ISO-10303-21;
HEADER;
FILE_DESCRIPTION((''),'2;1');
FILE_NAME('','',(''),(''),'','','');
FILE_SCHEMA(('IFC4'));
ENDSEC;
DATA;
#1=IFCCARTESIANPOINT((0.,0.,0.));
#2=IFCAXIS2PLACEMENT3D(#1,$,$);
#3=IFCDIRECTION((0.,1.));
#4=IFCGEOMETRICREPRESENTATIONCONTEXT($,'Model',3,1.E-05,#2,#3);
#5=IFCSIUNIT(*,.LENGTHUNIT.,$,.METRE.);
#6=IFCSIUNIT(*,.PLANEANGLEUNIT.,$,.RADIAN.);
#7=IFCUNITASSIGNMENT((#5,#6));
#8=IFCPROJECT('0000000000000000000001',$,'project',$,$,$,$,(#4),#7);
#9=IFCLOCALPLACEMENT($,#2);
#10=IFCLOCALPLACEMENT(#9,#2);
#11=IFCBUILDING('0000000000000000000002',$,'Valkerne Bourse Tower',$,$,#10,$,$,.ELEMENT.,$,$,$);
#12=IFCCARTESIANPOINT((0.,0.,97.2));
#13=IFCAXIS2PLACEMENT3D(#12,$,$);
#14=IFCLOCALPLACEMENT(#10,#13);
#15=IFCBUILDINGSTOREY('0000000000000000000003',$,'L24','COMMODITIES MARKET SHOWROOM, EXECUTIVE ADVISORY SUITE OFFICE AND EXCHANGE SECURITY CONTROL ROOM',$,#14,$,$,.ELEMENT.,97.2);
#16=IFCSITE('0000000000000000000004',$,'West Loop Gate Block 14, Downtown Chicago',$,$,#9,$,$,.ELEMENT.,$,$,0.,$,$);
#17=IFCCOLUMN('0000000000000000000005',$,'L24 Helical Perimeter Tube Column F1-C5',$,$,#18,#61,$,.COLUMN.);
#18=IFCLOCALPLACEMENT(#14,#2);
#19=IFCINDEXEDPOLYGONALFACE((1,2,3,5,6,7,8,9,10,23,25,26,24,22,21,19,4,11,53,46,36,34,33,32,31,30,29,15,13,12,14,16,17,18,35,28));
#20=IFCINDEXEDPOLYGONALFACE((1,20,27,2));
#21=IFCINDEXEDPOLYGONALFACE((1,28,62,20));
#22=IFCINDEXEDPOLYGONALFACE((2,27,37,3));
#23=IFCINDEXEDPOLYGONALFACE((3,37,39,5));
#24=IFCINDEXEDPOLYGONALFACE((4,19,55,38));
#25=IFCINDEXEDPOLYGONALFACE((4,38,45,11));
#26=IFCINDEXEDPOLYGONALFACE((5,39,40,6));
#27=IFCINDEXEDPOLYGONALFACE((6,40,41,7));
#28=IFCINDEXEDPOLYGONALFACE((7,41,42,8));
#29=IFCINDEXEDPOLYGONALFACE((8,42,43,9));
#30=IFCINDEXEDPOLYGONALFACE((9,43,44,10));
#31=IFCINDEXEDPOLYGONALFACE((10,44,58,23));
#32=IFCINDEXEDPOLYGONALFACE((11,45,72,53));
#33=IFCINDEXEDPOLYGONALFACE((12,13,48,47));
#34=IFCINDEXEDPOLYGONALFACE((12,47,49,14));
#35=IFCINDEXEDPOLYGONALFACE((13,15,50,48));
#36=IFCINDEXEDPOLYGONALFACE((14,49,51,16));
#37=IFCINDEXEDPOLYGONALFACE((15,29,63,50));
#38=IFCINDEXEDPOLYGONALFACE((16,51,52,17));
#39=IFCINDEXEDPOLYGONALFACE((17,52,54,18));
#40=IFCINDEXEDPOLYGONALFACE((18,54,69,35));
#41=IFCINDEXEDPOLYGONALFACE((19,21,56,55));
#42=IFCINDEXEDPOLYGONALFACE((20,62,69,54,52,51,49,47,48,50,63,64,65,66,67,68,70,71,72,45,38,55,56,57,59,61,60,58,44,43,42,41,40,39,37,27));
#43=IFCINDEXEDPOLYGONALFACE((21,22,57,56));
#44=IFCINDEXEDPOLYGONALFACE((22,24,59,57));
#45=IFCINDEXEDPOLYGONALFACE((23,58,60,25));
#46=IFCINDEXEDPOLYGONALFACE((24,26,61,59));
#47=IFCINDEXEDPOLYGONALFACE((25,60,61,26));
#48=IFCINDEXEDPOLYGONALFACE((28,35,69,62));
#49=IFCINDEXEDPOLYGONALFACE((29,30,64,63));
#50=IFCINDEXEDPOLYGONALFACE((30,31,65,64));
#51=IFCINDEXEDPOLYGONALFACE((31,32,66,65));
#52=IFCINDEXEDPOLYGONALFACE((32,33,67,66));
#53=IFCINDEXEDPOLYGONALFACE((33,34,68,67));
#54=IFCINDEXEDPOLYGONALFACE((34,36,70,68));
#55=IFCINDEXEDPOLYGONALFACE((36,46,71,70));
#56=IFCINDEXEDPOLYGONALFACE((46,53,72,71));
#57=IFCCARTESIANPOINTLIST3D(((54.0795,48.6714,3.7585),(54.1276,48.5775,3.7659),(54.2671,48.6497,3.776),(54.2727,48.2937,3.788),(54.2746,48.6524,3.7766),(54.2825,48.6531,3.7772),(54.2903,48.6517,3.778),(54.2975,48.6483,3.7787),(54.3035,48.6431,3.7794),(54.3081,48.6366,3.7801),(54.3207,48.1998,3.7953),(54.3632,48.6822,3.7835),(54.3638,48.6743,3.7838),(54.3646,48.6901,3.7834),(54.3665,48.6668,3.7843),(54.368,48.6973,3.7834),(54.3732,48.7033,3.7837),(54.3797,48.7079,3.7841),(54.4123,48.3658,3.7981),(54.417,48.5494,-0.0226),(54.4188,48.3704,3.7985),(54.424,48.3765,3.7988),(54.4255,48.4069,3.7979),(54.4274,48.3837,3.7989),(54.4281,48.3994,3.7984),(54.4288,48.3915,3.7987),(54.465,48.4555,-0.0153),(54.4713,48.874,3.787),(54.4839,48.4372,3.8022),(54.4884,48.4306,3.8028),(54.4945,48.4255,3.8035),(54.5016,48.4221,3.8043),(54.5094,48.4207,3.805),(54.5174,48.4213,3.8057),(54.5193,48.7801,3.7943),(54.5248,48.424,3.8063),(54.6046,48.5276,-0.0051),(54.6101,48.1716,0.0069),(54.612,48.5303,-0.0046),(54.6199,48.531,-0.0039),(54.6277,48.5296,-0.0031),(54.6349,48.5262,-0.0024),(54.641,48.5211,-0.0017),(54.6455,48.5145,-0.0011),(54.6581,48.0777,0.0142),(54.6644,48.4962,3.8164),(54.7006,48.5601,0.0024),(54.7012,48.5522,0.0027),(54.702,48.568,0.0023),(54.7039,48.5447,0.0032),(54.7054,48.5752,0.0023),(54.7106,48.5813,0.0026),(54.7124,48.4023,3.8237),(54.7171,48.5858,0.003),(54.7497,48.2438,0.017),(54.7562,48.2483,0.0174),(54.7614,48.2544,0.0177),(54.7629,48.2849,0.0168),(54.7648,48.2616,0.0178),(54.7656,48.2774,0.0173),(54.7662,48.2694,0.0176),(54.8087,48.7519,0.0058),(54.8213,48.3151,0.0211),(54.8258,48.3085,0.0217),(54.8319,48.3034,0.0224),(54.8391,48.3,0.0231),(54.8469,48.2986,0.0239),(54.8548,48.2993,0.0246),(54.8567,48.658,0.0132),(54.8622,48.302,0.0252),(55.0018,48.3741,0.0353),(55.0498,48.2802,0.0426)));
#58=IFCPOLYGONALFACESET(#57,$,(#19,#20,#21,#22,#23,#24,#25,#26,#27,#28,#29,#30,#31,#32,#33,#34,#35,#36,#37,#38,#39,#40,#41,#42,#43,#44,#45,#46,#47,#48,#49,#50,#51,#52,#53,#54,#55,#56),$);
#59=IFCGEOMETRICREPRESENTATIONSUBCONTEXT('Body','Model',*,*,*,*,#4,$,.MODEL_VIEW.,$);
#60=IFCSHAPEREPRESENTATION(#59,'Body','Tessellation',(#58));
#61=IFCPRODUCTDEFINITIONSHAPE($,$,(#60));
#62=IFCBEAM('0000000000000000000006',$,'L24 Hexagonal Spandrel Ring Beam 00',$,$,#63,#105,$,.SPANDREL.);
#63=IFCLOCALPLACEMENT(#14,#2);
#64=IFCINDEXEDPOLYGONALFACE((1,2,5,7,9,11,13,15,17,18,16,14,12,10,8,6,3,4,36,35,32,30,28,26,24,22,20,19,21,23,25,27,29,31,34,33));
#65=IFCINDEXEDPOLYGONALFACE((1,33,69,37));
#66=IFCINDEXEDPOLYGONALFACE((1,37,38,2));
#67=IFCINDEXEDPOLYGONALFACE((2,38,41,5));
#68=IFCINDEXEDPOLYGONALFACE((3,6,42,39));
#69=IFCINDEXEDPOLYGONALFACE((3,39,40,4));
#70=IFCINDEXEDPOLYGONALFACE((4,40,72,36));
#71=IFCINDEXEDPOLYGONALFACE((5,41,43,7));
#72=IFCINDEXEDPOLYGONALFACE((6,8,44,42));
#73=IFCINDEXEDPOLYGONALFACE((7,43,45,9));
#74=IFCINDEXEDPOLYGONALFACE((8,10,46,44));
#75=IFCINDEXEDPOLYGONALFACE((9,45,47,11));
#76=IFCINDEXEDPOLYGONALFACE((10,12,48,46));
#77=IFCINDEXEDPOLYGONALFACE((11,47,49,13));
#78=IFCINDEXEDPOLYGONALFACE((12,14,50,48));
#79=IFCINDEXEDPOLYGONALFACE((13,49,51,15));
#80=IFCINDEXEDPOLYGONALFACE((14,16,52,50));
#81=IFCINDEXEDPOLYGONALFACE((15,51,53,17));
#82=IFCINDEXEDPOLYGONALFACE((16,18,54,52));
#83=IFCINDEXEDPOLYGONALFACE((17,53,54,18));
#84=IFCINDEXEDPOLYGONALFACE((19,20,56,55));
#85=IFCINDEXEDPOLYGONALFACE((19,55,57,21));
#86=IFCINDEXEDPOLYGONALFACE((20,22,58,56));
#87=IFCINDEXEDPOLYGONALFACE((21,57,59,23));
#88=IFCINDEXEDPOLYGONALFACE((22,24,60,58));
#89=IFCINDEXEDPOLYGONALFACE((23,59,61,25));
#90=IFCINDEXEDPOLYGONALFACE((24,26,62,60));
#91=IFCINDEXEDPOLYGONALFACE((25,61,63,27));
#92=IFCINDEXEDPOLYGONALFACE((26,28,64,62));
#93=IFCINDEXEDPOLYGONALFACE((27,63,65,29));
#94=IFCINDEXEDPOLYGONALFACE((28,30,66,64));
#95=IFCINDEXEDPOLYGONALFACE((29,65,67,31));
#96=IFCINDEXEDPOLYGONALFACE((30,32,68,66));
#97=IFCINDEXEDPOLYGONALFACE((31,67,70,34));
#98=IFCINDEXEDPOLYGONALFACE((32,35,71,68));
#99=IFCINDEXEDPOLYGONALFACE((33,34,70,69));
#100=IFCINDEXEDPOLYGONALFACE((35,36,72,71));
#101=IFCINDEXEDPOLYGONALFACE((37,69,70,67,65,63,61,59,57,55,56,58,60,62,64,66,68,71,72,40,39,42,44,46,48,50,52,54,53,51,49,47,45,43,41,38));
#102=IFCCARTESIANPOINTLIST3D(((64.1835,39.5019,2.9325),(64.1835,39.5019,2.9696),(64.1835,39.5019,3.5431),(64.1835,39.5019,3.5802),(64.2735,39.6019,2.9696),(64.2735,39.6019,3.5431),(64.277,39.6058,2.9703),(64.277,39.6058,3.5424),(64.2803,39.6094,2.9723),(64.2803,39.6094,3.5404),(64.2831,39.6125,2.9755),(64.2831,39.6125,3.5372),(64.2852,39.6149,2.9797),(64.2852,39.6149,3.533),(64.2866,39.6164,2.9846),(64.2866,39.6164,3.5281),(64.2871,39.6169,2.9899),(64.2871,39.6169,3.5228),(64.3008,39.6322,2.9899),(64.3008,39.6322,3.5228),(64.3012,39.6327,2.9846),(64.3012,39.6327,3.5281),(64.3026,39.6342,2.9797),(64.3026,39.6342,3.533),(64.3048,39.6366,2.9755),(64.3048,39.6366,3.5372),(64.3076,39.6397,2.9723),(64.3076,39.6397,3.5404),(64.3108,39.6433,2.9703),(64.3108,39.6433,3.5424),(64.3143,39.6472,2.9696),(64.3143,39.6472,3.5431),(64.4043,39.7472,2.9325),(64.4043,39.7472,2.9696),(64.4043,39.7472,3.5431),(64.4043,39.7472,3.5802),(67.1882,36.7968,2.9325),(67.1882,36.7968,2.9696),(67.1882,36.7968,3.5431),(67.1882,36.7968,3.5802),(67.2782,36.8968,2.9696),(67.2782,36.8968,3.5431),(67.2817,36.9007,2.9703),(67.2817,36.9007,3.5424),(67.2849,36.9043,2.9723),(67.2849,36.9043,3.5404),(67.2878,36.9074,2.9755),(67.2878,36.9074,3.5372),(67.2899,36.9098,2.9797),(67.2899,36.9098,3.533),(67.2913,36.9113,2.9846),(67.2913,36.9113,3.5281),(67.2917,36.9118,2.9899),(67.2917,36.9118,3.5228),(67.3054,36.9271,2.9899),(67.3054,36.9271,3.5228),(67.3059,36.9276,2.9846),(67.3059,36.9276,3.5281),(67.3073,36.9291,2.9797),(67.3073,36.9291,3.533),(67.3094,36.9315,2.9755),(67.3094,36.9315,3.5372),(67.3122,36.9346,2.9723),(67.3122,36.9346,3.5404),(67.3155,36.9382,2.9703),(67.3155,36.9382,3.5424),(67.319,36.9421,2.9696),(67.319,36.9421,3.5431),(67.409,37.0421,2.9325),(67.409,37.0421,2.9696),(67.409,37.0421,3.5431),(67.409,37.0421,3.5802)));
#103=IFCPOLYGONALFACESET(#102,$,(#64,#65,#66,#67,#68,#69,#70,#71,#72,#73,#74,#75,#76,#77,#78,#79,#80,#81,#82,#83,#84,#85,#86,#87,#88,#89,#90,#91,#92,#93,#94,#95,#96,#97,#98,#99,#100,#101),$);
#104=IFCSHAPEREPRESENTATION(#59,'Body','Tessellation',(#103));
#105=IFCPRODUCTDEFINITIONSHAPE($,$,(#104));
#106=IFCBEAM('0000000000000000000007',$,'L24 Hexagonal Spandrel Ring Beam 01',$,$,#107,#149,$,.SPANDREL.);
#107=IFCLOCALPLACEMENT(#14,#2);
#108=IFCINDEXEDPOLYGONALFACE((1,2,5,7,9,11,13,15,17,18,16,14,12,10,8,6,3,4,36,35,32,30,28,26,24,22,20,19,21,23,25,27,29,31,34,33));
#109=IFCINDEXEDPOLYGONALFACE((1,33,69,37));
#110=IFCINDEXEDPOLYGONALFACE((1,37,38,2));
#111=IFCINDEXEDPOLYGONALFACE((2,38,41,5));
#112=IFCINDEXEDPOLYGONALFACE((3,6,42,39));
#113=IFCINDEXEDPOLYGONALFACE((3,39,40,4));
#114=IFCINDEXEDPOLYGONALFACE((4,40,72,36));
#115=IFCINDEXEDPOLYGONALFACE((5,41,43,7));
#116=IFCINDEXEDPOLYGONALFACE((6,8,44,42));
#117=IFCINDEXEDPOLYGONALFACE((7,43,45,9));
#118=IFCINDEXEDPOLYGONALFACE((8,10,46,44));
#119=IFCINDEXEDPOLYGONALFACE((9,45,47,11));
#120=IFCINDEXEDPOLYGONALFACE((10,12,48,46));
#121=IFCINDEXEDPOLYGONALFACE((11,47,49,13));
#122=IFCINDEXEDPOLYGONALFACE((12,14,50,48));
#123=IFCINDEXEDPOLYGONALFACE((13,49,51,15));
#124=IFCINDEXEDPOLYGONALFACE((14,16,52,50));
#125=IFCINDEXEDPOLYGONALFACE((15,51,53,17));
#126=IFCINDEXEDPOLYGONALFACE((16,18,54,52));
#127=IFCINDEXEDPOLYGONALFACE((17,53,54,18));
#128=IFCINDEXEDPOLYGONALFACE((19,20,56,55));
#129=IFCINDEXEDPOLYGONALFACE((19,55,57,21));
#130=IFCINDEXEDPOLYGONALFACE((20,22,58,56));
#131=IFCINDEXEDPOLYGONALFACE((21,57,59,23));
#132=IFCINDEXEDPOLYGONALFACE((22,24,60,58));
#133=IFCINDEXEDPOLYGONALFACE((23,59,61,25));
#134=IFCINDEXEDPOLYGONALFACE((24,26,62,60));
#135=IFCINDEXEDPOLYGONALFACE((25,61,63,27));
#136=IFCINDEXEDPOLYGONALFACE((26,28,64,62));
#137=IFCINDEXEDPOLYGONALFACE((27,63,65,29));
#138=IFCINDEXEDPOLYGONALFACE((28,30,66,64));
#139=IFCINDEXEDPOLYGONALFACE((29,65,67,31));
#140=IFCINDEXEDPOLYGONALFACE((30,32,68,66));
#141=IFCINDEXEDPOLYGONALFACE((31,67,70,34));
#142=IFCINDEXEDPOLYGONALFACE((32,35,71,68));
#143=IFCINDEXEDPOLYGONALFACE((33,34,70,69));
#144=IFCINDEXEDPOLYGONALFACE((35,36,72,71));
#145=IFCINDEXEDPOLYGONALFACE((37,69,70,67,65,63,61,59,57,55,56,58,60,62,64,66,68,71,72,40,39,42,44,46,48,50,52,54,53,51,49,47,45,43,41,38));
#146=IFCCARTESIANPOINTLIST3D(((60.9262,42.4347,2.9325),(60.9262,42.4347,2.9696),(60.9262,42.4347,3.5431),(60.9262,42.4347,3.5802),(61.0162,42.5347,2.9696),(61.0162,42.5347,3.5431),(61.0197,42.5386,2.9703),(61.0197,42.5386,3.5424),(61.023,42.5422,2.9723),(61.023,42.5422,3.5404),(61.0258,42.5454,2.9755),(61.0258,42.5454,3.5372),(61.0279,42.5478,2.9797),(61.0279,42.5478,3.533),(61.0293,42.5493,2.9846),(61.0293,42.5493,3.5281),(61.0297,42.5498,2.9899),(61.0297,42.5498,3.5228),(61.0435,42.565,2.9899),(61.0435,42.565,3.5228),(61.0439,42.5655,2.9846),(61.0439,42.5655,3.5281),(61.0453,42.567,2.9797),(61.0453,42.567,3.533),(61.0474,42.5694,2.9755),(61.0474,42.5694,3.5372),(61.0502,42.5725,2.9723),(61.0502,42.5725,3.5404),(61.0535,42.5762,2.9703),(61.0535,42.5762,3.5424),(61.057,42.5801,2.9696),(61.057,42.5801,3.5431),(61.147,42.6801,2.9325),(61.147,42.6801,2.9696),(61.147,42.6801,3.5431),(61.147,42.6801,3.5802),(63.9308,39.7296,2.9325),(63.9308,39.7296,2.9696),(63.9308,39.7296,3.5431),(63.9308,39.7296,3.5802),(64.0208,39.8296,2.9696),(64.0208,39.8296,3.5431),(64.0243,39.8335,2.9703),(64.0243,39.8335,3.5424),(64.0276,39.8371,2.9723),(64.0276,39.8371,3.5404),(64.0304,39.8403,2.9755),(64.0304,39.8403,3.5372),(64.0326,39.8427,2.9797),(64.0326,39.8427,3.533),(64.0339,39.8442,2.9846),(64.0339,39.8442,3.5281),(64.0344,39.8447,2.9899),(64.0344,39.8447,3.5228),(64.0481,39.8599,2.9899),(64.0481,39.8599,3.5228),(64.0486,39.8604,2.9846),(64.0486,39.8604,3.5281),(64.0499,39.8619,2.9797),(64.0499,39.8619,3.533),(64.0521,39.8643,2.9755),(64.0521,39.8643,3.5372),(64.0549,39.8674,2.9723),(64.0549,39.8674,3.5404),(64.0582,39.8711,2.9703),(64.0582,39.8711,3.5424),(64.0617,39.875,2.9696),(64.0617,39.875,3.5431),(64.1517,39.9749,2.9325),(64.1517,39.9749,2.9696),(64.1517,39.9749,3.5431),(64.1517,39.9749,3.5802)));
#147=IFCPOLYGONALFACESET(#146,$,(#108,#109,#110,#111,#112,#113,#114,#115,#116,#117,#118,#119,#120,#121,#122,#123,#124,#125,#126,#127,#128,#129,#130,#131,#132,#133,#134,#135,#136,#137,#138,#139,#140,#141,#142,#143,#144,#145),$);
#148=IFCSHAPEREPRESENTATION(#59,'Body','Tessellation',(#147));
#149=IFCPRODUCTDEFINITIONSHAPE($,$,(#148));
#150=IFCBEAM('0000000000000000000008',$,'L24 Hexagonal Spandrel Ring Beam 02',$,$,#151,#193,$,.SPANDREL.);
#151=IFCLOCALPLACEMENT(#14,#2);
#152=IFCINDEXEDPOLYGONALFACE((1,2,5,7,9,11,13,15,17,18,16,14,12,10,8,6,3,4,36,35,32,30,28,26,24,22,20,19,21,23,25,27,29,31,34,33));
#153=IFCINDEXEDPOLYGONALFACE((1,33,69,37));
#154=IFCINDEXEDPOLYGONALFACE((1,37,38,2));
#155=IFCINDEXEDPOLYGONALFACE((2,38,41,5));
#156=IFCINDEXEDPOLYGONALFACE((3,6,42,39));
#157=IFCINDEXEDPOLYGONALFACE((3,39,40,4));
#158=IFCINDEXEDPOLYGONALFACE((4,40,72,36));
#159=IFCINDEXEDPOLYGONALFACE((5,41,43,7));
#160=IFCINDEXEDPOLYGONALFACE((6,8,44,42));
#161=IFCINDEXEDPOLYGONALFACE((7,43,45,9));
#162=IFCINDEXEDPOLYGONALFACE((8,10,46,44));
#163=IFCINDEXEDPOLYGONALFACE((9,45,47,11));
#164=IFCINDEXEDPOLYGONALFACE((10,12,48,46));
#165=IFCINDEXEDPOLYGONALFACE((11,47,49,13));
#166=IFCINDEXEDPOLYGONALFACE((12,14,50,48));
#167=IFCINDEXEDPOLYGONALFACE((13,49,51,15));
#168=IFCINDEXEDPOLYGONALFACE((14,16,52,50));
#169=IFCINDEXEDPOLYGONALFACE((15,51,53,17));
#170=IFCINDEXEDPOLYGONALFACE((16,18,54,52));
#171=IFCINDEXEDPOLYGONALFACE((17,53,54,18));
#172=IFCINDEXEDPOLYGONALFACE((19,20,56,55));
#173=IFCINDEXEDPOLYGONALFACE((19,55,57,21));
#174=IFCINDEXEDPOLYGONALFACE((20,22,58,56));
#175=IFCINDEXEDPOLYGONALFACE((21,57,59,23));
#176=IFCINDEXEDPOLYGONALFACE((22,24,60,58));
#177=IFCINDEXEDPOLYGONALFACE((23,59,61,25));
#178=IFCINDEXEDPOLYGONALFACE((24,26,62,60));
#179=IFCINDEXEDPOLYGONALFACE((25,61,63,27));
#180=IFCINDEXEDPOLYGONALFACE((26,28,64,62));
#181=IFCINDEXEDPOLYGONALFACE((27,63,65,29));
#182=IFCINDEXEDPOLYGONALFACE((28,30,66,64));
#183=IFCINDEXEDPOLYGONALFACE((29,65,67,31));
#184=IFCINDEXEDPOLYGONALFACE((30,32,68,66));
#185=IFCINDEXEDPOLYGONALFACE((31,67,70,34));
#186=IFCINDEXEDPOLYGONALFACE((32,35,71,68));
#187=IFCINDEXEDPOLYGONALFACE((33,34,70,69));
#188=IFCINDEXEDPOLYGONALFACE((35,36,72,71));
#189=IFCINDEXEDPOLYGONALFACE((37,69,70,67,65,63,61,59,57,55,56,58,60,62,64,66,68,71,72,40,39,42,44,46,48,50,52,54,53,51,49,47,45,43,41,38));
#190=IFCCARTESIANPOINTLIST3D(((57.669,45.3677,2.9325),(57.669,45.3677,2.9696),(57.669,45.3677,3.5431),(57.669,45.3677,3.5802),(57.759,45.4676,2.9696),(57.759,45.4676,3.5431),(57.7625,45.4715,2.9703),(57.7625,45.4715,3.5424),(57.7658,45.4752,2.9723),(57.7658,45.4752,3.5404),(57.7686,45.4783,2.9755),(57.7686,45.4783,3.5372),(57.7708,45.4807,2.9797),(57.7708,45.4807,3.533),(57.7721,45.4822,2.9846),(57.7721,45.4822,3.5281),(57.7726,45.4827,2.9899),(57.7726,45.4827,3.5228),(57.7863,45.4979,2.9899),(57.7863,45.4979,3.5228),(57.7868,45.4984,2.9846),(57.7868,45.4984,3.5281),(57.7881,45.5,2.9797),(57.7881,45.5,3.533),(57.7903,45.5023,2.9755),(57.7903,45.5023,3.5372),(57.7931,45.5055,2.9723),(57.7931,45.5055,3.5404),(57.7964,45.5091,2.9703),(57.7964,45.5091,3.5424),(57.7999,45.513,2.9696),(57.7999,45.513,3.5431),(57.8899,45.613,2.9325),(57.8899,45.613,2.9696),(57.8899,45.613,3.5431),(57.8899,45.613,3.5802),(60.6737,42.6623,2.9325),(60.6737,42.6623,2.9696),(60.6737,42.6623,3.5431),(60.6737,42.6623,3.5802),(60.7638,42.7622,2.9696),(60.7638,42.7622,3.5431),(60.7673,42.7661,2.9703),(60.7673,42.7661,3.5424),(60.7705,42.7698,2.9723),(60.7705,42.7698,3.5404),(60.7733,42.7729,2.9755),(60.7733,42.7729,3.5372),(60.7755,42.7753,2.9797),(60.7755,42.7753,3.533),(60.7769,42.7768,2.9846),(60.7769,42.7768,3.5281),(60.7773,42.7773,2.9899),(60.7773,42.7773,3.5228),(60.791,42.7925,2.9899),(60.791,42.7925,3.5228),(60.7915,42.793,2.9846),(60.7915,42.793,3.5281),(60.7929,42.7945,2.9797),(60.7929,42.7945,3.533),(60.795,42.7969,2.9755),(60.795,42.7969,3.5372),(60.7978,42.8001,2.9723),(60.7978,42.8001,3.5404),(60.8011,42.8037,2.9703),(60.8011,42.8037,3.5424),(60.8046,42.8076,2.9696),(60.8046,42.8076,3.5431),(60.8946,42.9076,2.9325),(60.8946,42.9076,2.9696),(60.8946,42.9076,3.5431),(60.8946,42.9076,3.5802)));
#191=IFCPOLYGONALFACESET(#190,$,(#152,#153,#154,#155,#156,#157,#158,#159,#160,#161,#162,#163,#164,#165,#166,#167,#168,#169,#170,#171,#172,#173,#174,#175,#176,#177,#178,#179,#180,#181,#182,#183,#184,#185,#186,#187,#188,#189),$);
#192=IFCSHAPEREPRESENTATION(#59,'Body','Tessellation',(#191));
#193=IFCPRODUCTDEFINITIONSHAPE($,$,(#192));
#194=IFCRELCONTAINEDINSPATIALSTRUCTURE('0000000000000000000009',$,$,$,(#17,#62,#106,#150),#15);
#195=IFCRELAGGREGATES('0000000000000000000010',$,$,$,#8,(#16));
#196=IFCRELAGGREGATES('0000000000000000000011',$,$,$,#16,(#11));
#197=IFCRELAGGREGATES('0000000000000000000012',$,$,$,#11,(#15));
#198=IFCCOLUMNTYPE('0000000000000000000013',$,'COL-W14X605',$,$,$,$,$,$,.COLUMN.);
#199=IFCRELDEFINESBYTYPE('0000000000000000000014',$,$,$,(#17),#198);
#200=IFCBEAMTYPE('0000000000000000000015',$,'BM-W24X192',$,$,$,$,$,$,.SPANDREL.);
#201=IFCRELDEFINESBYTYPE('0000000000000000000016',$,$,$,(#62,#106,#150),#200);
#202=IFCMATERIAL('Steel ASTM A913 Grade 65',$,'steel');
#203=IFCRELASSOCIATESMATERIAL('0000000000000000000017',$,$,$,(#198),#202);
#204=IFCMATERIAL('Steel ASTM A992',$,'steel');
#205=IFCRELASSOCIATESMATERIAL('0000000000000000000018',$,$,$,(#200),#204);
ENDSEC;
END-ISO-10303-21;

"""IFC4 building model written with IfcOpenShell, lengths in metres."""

from ifc_helpers import new_model, si_unit, direction, frame, origin, origin_2d, place, context, subcontext, project, spatial, i_section, extrude, material, material_profile, profile_set, type_object, element, save


model = new_model("IFC4")

# Units and contexts
model_context = context("Model", 3, precision=1e-05, world=origin(), true_north=direction((0.0, 1.0)))
body_context = subcontext(model_context, "Body", "Model", "MODEL_VIEW")
ifc_project = project(units=[si_unit("LENGTHUNIT", "METRE"), si_unit("PLANEANGLEUNIT", "RADIAN")], contexts=[model_context])

# Site, building, storey
site_placement = place(None, origin())
site = spatial("IfcSite", under=ifc_project, at=site_placement, Name="West Loop Gate Block 14, Downtown Chicago", CompositionType="ELEMENT", RefElevation=0.0)
building_placement = place(site_placement, origin())
building = spatial("IfcBuilding", under=site, at=building_placement, Name="Valkerne Bourse Tower", CompositionType="ELEMENT")
storey_placement = place(building_placement, frame((0.0, 0.0, 97.2)))
storey = spatial("IfcBuildingStorey", under=building, at=storey_placement, Name="L24", Description="COMMODITIES MARKET SHOWROOM, EXECUTIVE ADVISORY SUITE OFFICE AND EXCHANGE SECURITY CONTROL ROOM", CompositionType="ELEMENT", Elevation=97.2)

# Column
ifc_material_1 = material(Name="Steel ASTM A913 Grade 65", Category="steel")
ifc_material_profile_1 = material_profile(ifc_material_1, i_section(OverallWidth=0.4419, OverallDepth=0.531, WebThickness=0.0659, FlangeThickness=0.1057, FilletRadius=0.0305, at=origin_2d()), Name="W14X605")
ifc_profile_set_1 = profile_set([ifc_material_profile_1], Name="Steel ASTM A913 Grade 65")
column_type = type_object("IfcColumnType", Name="COL-W14X605", PredefinedType="COLUMN", material=ifc_profile_set_1)
column_1_placement = place(storey_placement, frame((54.7334, 48.4148, 0.01), z_axis=(-0.088837, 0.032141, 0.995527), x_axis=(0.886472, 0.458291, 0.064309)))
element("IfcColumn", 1, at=column_1_placement, inside=storey, type_object=column_type, Name="L24 Helical Perimeter Tube Column F1-C5", PredefinedType="COLUMN", context=body_context, shape_type="SweptSolid", body=[
    extrude(i_section(OverallWidth=0.4419, OverallDepth=0.531, WebThickness=0.0659, FlangeThickness=0.1057, FilletRadius=0.0305, at=origin_2d()), origin(), (0.0, 0.0, 1.0), 3.7981),
])

# Beams
ifc_material_2 = material(Name="Steel ASTM A992", Category="steel")
ifc_material_profile_2 = material_profile(ifc_material_2, i_section(OverallWidth=0.3301, OverallDepth=0.6477, WebThickness=0.0205, FlangeThickness=0.0371, FilletRadius=0.0203, at=origin_2d()), Name="W24X192")
ifc_profile_set_2 = profile_set([ifc_material_profile_2], Name="Steel ASTM A992")
beam_type = type_object("IfcBeamType", Name="BM-W24X192", PredefinedType="SPANDREL", material=ifc_profile_set_2)
for number, where, z_axis, x_axis, name in (
    (2, (67.2986, 36.9194, 3.2563), (-0.743183, 0.669088, 0.0), (-0.669088, -0.743183, 0.0), "L24 Hexagonal Spandrel Ring Beam 00"),
    (3, (64.0413, 39.8523, 3.2563), (-0.743183, 0.669088, 0.0), (-0.669088, -0.743183, 0.0), "L24 Hexagonal Spandrel Ring Beam 01"),
):
    element("IfcBeam", number, at=place(storey_placement, frame(where, z_axis=z_axis, x_axis=x_axis)), inside=storey, type_object=beam_type, Name=name, PredefinedType="SPANDREL", context=body_context, shape_type="SweptSolid", body=[
        extrude(i_section(OverallWidth=0.3301, OverallDepth=0.6477, WebThickness=0.0205, FlangeThickness=0.0371, FilletRadius=0.0203, at=origin_2d()), origin(), (0.0, 0.0, 1.0), 4.043),
    ])
for number, where, z_axis, x_axis, name in (
    (4, (60.7842, 42.7849, 3.2563), (-0.743153, 0.669122, 0.0), (-0.669122, -0.743153, 0.0), "L24 Hexagonal Spandrel Ring Beam 02"),
):
    element("IfcBeam", number, at=place(storey_placement, frame(where, z_axis=z_axis, x_axis=x_axis)), inside=storey, type_object=beam_type, Name=name, PredefinedType="SPANDREL", context=body_context, shape_type="SweptSolid", body=[
        extrude(i_section(OverallWidth=0.3301, OverallDepth=0.6477, WebThickness=0.0205, FlangeThickness=0.0371, FilletRadius=0.0203, at=origin_2d()), origin(), (0.0, 0.0, 1.0), 4.0432),
    ])

save(model, "model.ifc")
